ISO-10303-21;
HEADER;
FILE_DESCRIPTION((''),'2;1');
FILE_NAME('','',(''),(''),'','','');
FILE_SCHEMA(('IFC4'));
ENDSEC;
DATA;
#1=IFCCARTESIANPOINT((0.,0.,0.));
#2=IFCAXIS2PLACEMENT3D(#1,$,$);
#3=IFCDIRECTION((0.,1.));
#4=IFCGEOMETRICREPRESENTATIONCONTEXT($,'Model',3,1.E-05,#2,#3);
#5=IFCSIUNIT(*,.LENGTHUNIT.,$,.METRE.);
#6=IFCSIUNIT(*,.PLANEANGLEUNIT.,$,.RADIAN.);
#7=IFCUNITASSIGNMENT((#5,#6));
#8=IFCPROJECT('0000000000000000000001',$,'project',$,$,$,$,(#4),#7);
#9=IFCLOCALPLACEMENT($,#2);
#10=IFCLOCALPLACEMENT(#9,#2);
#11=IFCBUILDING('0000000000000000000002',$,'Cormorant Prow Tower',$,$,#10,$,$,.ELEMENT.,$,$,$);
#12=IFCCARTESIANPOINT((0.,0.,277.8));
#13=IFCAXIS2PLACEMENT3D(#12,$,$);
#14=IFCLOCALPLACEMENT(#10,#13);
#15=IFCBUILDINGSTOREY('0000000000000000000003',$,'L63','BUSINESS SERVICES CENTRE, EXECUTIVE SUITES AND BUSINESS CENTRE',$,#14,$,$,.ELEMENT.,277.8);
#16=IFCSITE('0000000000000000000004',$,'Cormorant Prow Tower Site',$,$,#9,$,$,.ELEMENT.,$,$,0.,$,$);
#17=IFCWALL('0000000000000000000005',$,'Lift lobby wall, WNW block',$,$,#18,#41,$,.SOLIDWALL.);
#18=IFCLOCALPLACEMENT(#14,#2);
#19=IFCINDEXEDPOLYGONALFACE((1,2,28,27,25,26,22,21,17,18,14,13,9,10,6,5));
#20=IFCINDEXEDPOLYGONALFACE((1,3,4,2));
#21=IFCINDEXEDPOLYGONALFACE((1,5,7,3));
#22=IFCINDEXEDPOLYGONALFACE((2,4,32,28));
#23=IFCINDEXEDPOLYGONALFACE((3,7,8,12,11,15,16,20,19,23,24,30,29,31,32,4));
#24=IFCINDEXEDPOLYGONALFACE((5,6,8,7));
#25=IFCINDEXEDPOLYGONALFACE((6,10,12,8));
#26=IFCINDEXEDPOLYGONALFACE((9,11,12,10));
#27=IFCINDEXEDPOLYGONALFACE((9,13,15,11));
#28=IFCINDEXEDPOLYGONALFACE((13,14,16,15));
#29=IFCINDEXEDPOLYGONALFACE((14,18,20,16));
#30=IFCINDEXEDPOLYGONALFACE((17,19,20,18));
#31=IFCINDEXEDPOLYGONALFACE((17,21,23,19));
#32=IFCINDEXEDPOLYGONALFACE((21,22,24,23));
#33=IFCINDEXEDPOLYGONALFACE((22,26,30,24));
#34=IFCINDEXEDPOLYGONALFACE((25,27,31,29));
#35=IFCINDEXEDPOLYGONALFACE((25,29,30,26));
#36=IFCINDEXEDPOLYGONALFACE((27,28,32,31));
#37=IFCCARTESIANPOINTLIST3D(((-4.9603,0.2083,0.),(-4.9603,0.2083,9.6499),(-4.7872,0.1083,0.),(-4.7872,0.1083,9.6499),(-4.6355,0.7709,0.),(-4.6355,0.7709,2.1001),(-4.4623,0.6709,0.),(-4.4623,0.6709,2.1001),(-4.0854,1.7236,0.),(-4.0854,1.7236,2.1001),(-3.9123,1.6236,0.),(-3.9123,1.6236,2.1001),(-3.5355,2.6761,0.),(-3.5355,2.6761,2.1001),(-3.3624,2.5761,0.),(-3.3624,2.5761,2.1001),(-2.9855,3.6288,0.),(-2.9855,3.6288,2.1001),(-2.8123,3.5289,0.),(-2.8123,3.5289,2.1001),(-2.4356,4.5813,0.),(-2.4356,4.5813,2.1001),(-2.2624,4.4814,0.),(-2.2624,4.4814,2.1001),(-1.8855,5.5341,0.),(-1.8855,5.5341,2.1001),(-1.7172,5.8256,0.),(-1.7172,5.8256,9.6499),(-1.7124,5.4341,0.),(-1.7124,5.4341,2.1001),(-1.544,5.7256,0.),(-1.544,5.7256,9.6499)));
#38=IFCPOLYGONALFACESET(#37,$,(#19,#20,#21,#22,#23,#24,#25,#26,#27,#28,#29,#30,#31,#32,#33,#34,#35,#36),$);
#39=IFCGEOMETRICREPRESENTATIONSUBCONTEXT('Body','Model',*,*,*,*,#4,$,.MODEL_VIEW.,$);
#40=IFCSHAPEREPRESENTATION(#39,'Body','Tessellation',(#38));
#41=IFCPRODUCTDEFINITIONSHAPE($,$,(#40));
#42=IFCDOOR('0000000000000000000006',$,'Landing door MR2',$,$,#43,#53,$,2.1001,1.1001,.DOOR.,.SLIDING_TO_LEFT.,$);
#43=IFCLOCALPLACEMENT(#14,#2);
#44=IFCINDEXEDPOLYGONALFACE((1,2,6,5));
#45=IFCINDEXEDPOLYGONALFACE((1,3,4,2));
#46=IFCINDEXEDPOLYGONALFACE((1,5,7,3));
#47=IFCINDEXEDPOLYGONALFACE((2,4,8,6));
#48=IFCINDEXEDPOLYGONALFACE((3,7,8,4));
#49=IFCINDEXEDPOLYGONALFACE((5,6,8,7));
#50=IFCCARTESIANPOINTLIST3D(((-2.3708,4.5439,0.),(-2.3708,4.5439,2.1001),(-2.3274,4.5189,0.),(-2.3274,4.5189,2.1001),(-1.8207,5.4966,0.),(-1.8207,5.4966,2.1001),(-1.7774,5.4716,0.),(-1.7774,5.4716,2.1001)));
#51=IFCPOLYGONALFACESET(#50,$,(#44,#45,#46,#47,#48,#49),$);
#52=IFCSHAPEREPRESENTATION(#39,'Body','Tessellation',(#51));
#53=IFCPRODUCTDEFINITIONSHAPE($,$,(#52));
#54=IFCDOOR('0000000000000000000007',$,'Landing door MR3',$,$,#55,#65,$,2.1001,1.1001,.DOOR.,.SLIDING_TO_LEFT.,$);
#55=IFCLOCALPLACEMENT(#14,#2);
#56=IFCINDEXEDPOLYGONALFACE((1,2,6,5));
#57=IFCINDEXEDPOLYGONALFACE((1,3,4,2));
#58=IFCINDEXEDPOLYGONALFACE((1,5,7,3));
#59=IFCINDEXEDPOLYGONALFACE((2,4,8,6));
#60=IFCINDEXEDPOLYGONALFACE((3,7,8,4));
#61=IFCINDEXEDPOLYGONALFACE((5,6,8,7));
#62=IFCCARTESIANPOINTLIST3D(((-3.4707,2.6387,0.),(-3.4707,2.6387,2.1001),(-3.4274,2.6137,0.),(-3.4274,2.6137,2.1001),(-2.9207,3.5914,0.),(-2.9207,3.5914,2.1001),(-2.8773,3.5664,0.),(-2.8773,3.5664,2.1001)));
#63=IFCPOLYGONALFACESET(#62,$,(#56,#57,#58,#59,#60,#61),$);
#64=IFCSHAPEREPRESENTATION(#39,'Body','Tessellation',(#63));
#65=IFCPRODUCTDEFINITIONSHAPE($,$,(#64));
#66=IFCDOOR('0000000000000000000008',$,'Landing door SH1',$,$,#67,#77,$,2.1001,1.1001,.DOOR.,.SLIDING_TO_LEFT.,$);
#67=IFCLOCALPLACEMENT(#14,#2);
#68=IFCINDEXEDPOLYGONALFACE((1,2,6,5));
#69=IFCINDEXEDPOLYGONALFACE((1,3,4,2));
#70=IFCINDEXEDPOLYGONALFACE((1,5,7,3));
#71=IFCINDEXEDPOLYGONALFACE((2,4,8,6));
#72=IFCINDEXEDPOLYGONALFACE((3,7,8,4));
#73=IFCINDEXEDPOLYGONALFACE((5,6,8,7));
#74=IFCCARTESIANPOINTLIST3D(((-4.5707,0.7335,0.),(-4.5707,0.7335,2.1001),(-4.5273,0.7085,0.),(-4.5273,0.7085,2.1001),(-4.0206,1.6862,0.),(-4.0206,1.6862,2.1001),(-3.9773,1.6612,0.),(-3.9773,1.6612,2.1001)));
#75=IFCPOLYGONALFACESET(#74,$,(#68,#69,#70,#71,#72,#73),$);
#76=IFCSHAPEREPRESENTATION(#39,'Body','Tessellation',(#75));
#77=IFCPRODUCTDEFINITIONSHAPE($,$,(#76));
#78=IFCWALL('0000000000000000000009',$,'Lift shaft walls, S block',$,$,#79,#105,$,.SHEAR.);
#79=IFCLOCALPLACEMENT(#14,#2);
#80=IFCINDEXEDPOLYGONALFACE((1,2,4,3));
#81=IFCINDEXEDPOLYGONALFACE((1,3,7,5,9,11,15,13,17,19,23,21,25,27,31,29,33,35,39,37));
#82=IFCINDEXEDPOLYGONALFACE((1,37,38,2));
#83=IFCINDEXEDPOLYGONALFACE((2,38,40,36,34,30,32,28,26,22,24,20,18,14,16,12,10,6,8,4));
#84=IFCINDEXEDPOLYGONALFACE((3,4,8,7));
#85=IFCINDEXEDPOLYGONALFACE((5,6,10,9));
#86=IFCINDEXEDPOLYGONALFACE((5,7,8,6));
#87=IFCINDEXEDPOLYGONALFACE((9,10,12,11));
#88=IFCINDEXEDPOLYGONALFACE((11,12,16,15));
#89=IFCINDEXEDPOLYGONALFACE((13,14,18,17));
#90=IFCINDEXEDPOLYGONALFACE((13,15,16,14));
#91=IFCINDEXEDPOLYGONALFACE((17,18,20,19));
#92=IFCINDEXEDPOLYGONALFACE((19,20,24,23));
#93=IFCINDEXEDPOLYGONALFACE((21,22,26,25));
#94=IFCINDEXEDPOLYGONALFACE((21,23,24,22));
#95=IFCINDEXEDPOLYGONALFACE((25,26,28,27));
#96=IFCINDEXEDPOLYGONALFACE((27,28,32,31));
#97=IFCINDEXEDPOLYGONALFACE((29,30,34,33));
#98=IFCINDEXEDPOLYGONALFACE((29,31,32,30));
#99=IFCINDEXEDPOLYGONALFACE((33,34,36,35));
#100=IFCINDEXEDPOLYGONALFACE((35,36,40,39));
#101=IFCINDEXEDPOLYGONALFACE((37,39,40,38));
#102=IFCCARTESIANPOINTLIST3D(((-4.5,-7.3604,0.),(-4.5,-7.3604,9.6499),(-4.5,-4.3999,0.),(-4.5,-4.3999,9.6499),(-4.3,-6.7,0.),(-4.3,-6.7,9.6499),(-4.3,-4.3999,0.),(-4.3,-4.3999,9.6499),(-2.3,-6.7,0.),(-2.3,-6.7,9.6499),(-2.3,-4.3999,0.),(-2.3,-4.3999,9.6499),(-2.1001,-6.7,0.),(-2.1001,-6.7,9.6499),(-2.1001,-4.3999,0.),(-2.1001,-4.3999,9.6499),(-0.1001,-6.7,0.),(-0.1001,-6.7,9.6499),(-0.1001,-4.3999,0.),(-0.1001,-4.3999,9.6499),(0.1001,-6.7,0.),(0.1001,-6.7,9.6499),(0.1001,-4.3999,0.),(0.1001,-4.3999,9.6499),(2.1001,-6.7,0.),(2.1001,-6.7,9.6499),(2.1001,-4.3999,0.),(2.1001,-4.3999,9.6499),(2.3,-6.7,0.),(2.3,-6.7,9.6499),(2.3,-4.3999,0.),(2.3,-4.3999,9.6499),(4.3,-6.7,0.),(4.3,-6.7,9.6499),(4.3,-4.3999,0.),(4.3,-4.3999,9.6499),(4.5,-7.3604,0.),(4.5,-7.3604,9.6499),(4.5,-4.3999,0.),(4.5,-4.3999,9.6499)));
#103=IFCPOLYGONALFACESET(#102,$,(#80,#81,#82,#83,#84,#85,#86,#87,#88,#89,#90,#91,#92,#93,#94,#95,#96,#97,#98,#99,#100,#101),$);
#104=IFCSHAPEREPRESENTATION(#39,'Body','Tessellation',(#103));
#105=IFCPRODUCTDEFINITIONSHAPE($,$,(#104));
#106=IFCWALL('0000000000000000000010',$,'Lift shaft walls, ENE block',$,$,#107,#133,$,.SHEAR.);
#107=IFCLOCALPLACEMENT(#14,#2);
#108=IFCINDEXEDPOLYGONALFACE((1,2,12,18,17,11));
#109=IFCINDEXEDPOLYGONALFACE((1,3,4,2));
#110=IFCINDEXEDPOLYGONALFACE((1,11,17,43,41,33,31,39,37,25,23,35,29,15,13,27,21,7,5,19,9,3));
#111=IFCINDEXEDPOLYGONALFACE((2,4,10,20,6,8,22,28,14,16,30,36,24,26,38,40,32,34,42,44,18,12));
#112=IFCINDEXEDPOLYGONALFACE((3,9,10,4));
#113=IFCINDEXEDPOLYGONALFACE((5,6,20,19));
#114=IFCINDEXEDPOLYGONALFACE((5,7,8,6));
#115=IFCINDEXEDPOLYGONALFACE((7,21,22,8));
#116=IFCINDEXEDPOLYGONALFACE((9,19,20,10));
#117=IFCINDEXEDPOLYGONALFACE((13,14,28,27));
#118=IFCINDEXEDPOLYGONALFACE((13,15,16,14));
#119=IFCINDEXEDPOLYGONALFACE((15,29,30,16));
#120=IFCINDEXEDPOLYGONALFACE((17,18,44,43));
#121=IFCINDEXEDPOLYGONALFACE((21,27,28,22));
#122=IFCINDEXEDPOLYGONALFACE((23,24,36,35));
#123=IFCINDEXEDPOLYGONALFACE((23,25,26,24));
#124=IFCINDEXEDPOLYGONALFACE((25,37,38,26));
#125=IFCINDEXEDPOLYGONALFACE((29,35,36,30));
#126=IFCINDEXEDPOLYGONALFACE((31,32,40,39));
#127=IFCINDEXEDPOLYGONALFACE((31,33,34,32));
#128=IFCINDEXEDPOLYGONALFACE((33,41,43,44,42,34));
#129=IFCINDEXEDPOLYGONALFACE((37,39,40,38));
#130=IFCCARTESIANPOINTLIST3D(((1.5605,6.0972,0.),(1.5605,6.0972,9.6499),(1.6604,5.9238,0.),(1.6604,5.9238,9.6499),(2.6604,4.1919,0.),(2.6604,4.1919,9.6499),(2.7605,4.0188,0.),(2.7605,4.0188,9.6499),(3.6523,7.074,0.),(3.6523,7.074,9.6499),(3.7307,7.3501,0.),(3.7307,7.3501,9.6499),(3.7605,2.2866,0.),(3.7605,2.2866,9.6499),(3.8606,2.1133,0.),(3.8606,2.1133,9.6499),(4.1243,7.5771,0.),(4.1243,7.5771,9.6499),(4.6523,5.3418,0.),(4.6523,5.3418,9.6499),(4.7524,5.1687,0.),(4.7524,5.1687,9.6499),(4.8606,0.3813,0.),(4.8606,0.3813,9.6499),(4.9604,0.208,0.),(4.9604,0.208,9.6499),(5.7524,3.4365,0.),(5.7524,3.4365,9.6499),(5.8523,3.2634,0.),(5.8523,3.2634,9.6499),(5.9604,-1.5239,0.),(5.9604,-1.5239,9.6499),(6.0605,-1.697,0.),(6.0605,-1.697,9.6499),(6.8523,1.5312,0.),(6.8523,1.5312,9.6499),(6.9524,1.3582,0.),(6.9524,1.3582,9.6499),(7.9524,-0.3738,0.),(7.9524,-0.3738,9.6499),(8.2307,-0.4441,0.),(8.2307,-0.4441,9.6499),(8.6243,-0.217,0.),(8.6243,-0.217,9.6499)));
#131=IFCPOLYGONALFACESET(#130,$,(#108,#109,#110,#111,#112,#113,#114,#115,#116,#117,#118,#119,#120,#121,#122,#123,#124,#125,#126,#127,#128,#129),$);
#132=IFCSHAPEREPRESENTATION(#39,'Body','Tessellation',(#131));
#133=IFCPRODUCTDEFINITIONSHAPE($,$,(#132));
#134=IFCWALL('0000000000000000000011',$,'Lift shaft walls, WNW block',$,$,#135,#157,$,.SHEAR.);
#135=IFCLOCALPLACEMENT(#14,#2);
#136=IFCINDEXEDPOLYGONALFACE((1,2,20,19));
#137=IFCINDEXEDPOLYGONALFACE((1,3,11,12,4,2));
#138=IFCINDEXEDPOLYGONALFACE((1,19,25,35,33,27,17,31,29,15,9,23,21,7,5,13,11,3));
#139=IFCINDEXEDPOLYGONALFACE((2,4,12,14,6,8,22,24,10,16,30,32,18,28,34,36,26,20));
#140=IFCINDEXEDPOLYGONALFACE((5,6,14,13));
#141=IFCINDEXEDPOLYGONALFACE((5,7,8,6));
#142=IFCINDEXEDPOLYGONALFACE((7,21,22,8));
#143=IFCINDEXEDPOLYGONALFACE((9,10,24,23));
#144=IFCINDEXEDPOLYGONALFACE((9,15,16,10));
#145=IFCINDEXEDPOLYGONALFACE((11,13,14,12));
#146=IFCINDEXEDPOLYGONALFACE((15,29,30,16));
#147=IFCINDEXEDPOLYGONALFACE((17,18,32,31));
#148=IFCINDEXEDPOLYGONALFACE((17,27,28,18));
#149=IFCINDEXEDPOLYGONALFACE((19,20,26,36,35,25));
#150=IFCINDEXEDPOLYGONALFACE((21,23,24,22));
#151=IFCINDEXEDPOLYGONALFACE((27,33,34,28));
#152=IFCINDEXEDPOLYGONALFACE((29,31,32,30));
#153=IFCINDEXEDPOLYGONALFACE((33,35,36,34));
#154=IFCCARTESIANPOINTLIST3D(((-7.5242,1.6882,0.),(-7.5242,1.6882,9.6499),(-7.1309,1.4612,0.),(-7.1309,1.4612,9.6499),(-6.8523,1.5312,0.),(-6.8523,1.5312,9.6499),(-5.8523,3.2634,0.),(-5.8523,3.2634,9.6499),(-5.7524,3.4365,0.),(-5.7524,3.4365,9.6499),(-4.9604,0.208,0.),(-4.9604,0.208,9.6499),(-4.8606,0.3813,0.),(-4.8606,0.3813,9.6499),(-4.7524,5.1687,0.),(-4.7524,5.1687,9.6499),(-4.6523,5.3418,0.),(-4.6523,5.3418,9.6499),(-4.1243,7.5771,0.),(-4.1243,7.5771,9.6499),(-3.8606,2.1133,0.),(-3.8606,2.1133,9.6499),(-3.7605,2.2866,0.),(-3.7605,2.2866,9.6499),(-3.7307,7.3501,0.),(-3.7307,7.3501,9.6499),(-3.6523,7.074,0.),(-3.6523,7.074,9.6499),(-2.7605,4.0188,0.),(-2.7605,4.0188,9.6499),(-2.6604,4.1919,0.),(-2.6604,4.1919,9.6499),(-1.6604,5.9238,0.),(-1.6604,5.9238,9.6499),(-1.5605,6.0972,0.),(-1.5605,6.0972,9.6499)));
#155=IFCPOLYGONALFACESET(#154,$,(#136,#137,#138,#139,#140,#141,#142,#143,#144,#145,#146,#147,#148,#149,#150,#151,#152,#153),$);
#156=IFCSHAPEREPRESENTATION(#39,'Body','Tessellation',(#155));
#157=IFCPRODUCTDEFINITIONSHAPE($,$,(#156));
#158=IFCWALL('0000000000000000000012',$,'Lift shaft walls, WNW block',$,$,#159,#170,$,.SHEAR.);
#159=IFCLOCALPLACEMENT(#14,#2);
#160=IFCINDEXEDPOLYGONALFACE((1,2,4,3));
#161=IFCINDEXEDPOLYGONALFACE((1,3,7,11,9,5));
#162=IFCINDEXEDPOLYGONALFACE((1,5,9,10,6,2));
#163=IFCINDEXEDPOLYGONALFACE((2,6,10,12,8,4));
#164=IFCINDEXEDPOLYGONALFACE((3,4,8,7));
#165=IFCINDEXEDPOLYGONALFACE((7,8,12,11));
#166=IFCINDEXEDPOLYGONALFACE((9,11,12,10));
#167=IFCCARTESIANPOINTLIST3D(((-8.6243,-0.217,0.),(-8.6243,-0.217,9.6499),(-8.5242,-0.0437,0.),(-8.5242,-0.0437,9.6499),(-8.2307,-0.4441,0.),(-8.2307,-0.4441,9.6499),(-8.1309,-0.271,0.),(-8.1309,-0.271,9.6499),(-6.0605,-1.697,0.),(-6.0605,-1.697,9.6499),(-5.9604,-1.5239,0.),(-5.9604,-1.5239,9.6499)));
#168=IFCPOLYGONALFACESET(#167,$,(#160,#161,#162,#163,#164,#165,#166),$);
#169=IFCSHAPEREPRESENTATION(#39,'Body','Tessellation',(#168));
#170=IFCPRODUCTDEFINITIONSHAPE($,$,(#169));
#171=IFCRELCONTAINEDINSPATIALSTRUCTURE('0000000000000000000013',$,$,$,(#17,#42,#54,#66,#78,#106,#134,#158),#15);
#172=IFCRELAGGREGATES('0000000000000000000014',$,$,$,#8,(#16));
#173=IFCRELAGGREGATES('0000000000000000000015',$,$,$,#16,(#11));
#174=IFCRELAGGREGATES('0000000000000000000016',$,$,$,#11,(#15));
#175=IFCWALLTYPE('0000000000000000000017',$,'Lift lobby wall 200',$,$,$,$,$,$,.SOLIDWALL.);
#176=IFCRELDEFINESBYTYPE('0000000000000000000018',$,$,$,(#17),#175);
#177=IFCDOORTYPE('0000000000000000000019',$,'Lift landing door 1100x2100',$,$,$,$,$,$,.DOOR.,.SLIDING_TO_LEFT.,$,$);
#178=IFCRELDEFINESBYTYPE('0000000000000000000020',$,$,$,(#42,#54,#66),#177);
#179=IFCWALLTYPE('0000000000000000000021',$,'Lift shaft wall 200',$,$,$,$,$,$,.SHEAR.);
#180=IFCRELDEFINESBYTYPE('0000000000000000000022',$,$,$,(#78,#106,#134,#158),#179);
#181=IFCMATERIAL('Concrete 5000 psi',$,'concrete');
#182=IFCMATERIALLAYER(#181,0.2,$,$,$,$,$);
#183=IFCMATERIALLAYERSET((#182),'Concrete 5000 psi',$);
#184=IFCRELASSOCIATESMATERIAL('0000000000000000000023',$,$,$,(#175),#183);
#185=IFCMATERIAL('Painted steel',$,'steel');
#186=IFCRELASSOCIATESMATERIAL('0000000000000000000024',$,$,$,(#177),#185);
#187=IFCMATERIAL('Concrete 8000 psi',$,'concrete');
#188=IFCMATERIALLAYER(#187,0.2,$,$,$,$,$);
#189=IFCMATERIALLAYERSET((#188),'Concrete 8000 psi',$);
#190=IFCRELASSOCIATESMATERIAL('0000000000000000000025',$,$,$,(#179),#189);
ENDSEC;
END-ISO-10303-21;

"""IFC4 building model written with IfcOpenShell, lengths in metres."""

from ifc_helpers import new_model, si_unit, direction, frame, frame_2d, origin, place, context, subcontext, project, spatial, polyline, rectangle, outline, extrude, material, layer, layer_set, type_object, element, fill, save


model = new_model("IFC4")

# Units and contexts
model_context = context("Model", 3, precision=1e-05, world=origin(), true_north=direction((0.0, 1.0)))
body_context = subcontext(model_context, "Body", "Model", "MODEL_VIEW")
ifc_project = project(units=[si_unit("LENGTHUNIT", "METRE"), si_unit("PLANEANGLEUNIT", "RADIAN")], contexts=[model_context])

# Site, building, storey
site_placement = place(None, origin())
site = spatial("IfcSite", under=ifc_project, at=site_placement, Name="Cormorant Prow Tower Site", CompositionType="ELEMENT", RefElevation=0.0)
building_placement = place(site_placement, origin())
building = spatial("IfcBuilding", under=site, at=building_placement, Name="Cormorant Prow Tower", CompositionType="ELEMENT")
storey_placement = place(building_placement, frame((0.0, 0.0, 277.8)))
storey = spatial("IfcBuildingStorey", under=building, at=storey_placement, Name="L63", Description="BUSINESS SERVICES CENTRE, EXECUTIVE SUITES AND BUSINESS CENTRE", CompositionType="ELEMENT", Elevation=277.8)

# Wall, openings, doors
ifc_material_1 = material(Name="Concrete 5000 psi", Category="concrete")
ifc_layer_1 = layer(ifc_material_1, 0.2)
ifc_layer_set_1 = layer_set([ifc_layer_1], Name="Concrete 5000 psi")
wall_type_1 = type_object("IfcWallType", Name="Lift lobby wall 200", PredefinedType="SOLIDWALL", material=ifc_layer_set_1)
wall_1_placement = place(storey_placement, frame((-1.6306, 5.7756, 0.0), z_axis=(0.0, 0.0, 1.0), x_axis=(-0.499993, -0.86603, 0.0)))
wall_1 = element("IfcWall", 1, at=wall_1_placement, inside=storey, type_object=wall_type_1, Name="Lift lobby wall, WNW block", PredefinedType="SOLIDWALL", context=body_context, shape_type="SweptSolid", body=[
    extrude(rectangle(XDim=6.4863, YDim=0.2, at=frame_2d((3.2432, 0.0))), origin(), (0.0, 0.0, 1.0), 9.6499),
])
opening_1_placement = place(wall_1_placement, frame((0.3367, 0.0, 0.0)))
opening_1 = element("IfcOpeningElement", 2, at=opening_1_placement, cuts=wall_1, PredefinedType="OPENING", context=body_context, shape_type="SweptSolid", body=[
    extrude(rectangle(XDim=1.1001, YDim=2.1001, at=frame_2d((0.55, 1.05))), frame((0.0, 0.1099, 0.0), z_axis=(0.0, -1.0, 0.0), x_axis=(1.0, 0.0, 0.0)), (0.0, 0.0, 1.0), 0.22),
])
opening_2_placement = place(wall_1_placement, frame((2.5366, 0.0, 0.0)))
opening_2 = element("IfcOpeningElement", 3, at=opening_2_placement, cuts=wall_1, PredefinedType="OPENING", context=body_context, shape_type="SweptSolid", body=[
    extrude(rectangle(XDim=1.1001, YDim=2.1001, at=frame_2d((0.55, 1.05))), frame((0.0, 0.1099, 0.0), z_axis=(0.0, -1.0, 0.0), x_axis=(1.0, 0.0, 0.0)), (0.0, 0.0, 1.0), 0.22),
])
opening_3_placement = place(wall_1_placement, frame((4.7366, 0.0, 0.0)))
opening_3 = element("IfcOpeningElement", 4, at=opening_3_placement, cuts=wall_1, PredefinedType="OPENING", context=body_context, shape_type="SweptSolid", body=[
    extrude(rectangle(XDim=1.1001, YDim=2.1001, at=frame_2d((0.55, 1.05))), frame((0.0, 0.1099, 0.0), z_axis=(0.0, -1.0, 0.0), x_axis=(1.0, 0.0, 0.0)), (0.0, 0.0, 1.0), 0.22),
])
ifc_material_2 = material(Name="Painted steel", Category="steel")
door_type_1 = type_object("IfcDoorType", Name="Lift landing door 1100x2100", OperationType="SLIDING_TO_LEFT", PredefinedType="DOOR", material=ifc_material_2)
door_1_placement = place(opening_1_placement, origin())
door_1 = element("IfcDoor", 5, at=door_1_placement, inside=storey, type_object=door_type_1, Name="Landing door MR2", OperationType="SLIDING_TO_LEFT", OverallHeight=2.1001, OverallWidth=1.1001, PredefinedType="DOOR", context=body_context, shape_type="SweptSolid", body=[
    extrude(rectangle(XDim=1.1001, YDim=2.1001, at=frame_2d((0.55, 1.05))), frame((0.0, 0.0249, 0.0), z_axis=(0.0, -1.0, 0.0), x_axis=(1.0, 0.0, 0.0)), (0.0, 0.0, 1.0), 0.05),
])
fill(opening_1, door_1)
door_2_placement = place(opening_2_placement, origin())
door_2 = element("IfcDoor", 6, at=door_2_placement, inside=storey, type_object=door_type_1, Name="Landing door MR3", OperationType="SLIDING_TO_LEFT", OverallHeight=2.1001, OverallWidth=1.1001, PredefinedType="DOOR", context=body_context, shape_type="SweptSolid", body=[
    extrude(rectangle(XDim=1.1001, YDim=2.1001, at=frame_2d((0.55, 1.05))), frame((0.0, 0.0249, 0.0), z_axis=(0.0, -1.0, 0.0), x_axis=(1.0, 0.0, 0.0)), (0.0, 0.0, 1.0), 0.05),
])
fill(opening_2, door_2)
door_3_placement = place(opening_3_placement, origin())
door_3 = element("IfcDoor", 7, at=door_3_placement, inside=storey, type_object=door_type_1, Name="Landing door SH1", OperationType="SLIDING_TO_LEFT", OverallHeight=2.1001, OverallWidth=1.1001, PredefinedType="DOOR", context=body_context, shape_type="SweptSolid", body=[
    extrude(rectangle(XDim=1.1001, YDim=2.1001, at=frame_2d((0.55, 1.05))), frame((0.0, 0.0249, 0.0), z_axis=(0.0, -1.0, 0.0), x_axis=(1.0, 0.0, 0.0)), (0.0, 0.0, 1.0), 0.05),
])
fill(opening_3, door_3)

# Walls
ifc_material_3 = material(Name="Concrete 8000 psi", Category="concrete")
ifc_layer_2 = layer(ifc_material_3, 0.2)
ifc_layer_set_2 = layer_set([ifc_layer_2], Name="Concrete 8000 psi")
wall_type_2 = type_object("IfcWallType", Name="Lift shaft wall 200", PredefinedType="SHEAR", material=ifc_layer_set_2)
wall_2_placement = place(storey_placement, origin())
element("IfcWall", 8, at=wall_2_placement, inside=storey, type_object=wall_type_2, Name="Lift shaft walls, S block", PredefinedType="SHEAR", context=body_context, shape_type="SweptSolid", body=[
    extrude(outline(polyline([(4.5, -7.3604), (-4.5, -7.3604), (-4.5, -4.3999), (-4.3, -4.3999), (-4.3, -6.7), (-2.3, -6.7), (-2.3, -4.3999), (-2.1001, -4.3999), (-2.1001, -6.7), (-0.1001, -6.7), (-0.1001, -4.3999), (0.1001, -4.3999), (0.1001, -6.7), (2.1001, -6.7), (2.1001, -4.3999), (2.3, -4.3999), (2.3, -6.7), (4.3, -6.7), (4.3, -4.3999), (4.5, -4.3999), (4.5, -7.3604)])), origin(), (0.0, 0.0, 1.0), 9.6499),
])
wall_3_placement = place(storey_placement, origin())
element("IfcWall", 9, at=wall_3_placement, inside=storey, type_object=wall_type_2, Name="Lift shaft walls, ENE block", PredefinedType="SHEAR", context=body_context, shape_type="SweptSolid", body=[
    extrude(outline(polyline([(4.1243, 7.5771), (8.6243, -0.217), (8.2307, -0.4441), (6.0605, -1.697), (5.9604, -1.5239), (7.9524, -0.3738), (6.9524, 1.3582), (4.9604, 0.208), (4.8606, 0.3813), (6.8523, 1.5312), (5.8523, 3.2634), (3.8606, 2.1133), (3.7605, 2.2866), (5.7524, 3.4365), (4.7524, 5.1687), (2.7605, 4.0188), (2.6604, 4.1919), (4.6523, 5.3418), (3.6523, 7.074), (1.6604, 5.9238), (1.5605, 6.0972), (3.7307, 7.3501), (4.1243, 7.5771)])), origin(), (0.0, 0.0, 1.0), 9.6499),
])
wall_4_placement = place(storey_placement, origin())
element("IfcWall", 10, at=wall_4_placement, inside=storey, type_object=wall_type_2, Name="Lift shaft walls, WNW block", PredefinedType="SHEAR", context=body_context, shape_type="SweptSolid", body=[
    extrude(outline(polyline([(-7.5242, 1.6882), (-4.1243, 7.5771), (-3.7307, 7.3501), (-1.5605, 6.0972), (-1.6604, 5.9238), (-3.6523, 7.074), (-4.6523, 5.3418), (-2.6604, 4.1919), (-2.7605, 4.0188), (-4.7524, 5.1687), (-5.7524, 3.4365), (-3.7605, 2.2866), (-3.8606, 2.1133), (-5.8523, 3.2634), (-6.8523, 1.5312), (-4.8606, 0.3813), (-4.9604, 0.208), (-7.1309, 1.4612), (-7.5242, 1.6882)])), origin(), (0.0, 0.0, 1.0), 9.6499),
])
wall_5_placement = place(storey_placement, origin())
element("IfcWall", 11, at=wall_5_placement, inside=storey, type_object=wall_type_2, Name="Lift shaft walls, WNW block", PredefinedType="SHEAR", context=body_context, shape_type="SweptSolid", body=[
    extrude(outline(polyline([(-8.5242, -0.0437), (-8.1309, -0.271), (-5.9604, -1.5239), (-6.0605, -1.697), (-8.2307, -0.4441), (-8.6243, -0.217), (-8.5242, -0.0437)])), origin(), (0.0, 0.0, 1.0), 9.6499),
])

save(model, "model.ifc")
